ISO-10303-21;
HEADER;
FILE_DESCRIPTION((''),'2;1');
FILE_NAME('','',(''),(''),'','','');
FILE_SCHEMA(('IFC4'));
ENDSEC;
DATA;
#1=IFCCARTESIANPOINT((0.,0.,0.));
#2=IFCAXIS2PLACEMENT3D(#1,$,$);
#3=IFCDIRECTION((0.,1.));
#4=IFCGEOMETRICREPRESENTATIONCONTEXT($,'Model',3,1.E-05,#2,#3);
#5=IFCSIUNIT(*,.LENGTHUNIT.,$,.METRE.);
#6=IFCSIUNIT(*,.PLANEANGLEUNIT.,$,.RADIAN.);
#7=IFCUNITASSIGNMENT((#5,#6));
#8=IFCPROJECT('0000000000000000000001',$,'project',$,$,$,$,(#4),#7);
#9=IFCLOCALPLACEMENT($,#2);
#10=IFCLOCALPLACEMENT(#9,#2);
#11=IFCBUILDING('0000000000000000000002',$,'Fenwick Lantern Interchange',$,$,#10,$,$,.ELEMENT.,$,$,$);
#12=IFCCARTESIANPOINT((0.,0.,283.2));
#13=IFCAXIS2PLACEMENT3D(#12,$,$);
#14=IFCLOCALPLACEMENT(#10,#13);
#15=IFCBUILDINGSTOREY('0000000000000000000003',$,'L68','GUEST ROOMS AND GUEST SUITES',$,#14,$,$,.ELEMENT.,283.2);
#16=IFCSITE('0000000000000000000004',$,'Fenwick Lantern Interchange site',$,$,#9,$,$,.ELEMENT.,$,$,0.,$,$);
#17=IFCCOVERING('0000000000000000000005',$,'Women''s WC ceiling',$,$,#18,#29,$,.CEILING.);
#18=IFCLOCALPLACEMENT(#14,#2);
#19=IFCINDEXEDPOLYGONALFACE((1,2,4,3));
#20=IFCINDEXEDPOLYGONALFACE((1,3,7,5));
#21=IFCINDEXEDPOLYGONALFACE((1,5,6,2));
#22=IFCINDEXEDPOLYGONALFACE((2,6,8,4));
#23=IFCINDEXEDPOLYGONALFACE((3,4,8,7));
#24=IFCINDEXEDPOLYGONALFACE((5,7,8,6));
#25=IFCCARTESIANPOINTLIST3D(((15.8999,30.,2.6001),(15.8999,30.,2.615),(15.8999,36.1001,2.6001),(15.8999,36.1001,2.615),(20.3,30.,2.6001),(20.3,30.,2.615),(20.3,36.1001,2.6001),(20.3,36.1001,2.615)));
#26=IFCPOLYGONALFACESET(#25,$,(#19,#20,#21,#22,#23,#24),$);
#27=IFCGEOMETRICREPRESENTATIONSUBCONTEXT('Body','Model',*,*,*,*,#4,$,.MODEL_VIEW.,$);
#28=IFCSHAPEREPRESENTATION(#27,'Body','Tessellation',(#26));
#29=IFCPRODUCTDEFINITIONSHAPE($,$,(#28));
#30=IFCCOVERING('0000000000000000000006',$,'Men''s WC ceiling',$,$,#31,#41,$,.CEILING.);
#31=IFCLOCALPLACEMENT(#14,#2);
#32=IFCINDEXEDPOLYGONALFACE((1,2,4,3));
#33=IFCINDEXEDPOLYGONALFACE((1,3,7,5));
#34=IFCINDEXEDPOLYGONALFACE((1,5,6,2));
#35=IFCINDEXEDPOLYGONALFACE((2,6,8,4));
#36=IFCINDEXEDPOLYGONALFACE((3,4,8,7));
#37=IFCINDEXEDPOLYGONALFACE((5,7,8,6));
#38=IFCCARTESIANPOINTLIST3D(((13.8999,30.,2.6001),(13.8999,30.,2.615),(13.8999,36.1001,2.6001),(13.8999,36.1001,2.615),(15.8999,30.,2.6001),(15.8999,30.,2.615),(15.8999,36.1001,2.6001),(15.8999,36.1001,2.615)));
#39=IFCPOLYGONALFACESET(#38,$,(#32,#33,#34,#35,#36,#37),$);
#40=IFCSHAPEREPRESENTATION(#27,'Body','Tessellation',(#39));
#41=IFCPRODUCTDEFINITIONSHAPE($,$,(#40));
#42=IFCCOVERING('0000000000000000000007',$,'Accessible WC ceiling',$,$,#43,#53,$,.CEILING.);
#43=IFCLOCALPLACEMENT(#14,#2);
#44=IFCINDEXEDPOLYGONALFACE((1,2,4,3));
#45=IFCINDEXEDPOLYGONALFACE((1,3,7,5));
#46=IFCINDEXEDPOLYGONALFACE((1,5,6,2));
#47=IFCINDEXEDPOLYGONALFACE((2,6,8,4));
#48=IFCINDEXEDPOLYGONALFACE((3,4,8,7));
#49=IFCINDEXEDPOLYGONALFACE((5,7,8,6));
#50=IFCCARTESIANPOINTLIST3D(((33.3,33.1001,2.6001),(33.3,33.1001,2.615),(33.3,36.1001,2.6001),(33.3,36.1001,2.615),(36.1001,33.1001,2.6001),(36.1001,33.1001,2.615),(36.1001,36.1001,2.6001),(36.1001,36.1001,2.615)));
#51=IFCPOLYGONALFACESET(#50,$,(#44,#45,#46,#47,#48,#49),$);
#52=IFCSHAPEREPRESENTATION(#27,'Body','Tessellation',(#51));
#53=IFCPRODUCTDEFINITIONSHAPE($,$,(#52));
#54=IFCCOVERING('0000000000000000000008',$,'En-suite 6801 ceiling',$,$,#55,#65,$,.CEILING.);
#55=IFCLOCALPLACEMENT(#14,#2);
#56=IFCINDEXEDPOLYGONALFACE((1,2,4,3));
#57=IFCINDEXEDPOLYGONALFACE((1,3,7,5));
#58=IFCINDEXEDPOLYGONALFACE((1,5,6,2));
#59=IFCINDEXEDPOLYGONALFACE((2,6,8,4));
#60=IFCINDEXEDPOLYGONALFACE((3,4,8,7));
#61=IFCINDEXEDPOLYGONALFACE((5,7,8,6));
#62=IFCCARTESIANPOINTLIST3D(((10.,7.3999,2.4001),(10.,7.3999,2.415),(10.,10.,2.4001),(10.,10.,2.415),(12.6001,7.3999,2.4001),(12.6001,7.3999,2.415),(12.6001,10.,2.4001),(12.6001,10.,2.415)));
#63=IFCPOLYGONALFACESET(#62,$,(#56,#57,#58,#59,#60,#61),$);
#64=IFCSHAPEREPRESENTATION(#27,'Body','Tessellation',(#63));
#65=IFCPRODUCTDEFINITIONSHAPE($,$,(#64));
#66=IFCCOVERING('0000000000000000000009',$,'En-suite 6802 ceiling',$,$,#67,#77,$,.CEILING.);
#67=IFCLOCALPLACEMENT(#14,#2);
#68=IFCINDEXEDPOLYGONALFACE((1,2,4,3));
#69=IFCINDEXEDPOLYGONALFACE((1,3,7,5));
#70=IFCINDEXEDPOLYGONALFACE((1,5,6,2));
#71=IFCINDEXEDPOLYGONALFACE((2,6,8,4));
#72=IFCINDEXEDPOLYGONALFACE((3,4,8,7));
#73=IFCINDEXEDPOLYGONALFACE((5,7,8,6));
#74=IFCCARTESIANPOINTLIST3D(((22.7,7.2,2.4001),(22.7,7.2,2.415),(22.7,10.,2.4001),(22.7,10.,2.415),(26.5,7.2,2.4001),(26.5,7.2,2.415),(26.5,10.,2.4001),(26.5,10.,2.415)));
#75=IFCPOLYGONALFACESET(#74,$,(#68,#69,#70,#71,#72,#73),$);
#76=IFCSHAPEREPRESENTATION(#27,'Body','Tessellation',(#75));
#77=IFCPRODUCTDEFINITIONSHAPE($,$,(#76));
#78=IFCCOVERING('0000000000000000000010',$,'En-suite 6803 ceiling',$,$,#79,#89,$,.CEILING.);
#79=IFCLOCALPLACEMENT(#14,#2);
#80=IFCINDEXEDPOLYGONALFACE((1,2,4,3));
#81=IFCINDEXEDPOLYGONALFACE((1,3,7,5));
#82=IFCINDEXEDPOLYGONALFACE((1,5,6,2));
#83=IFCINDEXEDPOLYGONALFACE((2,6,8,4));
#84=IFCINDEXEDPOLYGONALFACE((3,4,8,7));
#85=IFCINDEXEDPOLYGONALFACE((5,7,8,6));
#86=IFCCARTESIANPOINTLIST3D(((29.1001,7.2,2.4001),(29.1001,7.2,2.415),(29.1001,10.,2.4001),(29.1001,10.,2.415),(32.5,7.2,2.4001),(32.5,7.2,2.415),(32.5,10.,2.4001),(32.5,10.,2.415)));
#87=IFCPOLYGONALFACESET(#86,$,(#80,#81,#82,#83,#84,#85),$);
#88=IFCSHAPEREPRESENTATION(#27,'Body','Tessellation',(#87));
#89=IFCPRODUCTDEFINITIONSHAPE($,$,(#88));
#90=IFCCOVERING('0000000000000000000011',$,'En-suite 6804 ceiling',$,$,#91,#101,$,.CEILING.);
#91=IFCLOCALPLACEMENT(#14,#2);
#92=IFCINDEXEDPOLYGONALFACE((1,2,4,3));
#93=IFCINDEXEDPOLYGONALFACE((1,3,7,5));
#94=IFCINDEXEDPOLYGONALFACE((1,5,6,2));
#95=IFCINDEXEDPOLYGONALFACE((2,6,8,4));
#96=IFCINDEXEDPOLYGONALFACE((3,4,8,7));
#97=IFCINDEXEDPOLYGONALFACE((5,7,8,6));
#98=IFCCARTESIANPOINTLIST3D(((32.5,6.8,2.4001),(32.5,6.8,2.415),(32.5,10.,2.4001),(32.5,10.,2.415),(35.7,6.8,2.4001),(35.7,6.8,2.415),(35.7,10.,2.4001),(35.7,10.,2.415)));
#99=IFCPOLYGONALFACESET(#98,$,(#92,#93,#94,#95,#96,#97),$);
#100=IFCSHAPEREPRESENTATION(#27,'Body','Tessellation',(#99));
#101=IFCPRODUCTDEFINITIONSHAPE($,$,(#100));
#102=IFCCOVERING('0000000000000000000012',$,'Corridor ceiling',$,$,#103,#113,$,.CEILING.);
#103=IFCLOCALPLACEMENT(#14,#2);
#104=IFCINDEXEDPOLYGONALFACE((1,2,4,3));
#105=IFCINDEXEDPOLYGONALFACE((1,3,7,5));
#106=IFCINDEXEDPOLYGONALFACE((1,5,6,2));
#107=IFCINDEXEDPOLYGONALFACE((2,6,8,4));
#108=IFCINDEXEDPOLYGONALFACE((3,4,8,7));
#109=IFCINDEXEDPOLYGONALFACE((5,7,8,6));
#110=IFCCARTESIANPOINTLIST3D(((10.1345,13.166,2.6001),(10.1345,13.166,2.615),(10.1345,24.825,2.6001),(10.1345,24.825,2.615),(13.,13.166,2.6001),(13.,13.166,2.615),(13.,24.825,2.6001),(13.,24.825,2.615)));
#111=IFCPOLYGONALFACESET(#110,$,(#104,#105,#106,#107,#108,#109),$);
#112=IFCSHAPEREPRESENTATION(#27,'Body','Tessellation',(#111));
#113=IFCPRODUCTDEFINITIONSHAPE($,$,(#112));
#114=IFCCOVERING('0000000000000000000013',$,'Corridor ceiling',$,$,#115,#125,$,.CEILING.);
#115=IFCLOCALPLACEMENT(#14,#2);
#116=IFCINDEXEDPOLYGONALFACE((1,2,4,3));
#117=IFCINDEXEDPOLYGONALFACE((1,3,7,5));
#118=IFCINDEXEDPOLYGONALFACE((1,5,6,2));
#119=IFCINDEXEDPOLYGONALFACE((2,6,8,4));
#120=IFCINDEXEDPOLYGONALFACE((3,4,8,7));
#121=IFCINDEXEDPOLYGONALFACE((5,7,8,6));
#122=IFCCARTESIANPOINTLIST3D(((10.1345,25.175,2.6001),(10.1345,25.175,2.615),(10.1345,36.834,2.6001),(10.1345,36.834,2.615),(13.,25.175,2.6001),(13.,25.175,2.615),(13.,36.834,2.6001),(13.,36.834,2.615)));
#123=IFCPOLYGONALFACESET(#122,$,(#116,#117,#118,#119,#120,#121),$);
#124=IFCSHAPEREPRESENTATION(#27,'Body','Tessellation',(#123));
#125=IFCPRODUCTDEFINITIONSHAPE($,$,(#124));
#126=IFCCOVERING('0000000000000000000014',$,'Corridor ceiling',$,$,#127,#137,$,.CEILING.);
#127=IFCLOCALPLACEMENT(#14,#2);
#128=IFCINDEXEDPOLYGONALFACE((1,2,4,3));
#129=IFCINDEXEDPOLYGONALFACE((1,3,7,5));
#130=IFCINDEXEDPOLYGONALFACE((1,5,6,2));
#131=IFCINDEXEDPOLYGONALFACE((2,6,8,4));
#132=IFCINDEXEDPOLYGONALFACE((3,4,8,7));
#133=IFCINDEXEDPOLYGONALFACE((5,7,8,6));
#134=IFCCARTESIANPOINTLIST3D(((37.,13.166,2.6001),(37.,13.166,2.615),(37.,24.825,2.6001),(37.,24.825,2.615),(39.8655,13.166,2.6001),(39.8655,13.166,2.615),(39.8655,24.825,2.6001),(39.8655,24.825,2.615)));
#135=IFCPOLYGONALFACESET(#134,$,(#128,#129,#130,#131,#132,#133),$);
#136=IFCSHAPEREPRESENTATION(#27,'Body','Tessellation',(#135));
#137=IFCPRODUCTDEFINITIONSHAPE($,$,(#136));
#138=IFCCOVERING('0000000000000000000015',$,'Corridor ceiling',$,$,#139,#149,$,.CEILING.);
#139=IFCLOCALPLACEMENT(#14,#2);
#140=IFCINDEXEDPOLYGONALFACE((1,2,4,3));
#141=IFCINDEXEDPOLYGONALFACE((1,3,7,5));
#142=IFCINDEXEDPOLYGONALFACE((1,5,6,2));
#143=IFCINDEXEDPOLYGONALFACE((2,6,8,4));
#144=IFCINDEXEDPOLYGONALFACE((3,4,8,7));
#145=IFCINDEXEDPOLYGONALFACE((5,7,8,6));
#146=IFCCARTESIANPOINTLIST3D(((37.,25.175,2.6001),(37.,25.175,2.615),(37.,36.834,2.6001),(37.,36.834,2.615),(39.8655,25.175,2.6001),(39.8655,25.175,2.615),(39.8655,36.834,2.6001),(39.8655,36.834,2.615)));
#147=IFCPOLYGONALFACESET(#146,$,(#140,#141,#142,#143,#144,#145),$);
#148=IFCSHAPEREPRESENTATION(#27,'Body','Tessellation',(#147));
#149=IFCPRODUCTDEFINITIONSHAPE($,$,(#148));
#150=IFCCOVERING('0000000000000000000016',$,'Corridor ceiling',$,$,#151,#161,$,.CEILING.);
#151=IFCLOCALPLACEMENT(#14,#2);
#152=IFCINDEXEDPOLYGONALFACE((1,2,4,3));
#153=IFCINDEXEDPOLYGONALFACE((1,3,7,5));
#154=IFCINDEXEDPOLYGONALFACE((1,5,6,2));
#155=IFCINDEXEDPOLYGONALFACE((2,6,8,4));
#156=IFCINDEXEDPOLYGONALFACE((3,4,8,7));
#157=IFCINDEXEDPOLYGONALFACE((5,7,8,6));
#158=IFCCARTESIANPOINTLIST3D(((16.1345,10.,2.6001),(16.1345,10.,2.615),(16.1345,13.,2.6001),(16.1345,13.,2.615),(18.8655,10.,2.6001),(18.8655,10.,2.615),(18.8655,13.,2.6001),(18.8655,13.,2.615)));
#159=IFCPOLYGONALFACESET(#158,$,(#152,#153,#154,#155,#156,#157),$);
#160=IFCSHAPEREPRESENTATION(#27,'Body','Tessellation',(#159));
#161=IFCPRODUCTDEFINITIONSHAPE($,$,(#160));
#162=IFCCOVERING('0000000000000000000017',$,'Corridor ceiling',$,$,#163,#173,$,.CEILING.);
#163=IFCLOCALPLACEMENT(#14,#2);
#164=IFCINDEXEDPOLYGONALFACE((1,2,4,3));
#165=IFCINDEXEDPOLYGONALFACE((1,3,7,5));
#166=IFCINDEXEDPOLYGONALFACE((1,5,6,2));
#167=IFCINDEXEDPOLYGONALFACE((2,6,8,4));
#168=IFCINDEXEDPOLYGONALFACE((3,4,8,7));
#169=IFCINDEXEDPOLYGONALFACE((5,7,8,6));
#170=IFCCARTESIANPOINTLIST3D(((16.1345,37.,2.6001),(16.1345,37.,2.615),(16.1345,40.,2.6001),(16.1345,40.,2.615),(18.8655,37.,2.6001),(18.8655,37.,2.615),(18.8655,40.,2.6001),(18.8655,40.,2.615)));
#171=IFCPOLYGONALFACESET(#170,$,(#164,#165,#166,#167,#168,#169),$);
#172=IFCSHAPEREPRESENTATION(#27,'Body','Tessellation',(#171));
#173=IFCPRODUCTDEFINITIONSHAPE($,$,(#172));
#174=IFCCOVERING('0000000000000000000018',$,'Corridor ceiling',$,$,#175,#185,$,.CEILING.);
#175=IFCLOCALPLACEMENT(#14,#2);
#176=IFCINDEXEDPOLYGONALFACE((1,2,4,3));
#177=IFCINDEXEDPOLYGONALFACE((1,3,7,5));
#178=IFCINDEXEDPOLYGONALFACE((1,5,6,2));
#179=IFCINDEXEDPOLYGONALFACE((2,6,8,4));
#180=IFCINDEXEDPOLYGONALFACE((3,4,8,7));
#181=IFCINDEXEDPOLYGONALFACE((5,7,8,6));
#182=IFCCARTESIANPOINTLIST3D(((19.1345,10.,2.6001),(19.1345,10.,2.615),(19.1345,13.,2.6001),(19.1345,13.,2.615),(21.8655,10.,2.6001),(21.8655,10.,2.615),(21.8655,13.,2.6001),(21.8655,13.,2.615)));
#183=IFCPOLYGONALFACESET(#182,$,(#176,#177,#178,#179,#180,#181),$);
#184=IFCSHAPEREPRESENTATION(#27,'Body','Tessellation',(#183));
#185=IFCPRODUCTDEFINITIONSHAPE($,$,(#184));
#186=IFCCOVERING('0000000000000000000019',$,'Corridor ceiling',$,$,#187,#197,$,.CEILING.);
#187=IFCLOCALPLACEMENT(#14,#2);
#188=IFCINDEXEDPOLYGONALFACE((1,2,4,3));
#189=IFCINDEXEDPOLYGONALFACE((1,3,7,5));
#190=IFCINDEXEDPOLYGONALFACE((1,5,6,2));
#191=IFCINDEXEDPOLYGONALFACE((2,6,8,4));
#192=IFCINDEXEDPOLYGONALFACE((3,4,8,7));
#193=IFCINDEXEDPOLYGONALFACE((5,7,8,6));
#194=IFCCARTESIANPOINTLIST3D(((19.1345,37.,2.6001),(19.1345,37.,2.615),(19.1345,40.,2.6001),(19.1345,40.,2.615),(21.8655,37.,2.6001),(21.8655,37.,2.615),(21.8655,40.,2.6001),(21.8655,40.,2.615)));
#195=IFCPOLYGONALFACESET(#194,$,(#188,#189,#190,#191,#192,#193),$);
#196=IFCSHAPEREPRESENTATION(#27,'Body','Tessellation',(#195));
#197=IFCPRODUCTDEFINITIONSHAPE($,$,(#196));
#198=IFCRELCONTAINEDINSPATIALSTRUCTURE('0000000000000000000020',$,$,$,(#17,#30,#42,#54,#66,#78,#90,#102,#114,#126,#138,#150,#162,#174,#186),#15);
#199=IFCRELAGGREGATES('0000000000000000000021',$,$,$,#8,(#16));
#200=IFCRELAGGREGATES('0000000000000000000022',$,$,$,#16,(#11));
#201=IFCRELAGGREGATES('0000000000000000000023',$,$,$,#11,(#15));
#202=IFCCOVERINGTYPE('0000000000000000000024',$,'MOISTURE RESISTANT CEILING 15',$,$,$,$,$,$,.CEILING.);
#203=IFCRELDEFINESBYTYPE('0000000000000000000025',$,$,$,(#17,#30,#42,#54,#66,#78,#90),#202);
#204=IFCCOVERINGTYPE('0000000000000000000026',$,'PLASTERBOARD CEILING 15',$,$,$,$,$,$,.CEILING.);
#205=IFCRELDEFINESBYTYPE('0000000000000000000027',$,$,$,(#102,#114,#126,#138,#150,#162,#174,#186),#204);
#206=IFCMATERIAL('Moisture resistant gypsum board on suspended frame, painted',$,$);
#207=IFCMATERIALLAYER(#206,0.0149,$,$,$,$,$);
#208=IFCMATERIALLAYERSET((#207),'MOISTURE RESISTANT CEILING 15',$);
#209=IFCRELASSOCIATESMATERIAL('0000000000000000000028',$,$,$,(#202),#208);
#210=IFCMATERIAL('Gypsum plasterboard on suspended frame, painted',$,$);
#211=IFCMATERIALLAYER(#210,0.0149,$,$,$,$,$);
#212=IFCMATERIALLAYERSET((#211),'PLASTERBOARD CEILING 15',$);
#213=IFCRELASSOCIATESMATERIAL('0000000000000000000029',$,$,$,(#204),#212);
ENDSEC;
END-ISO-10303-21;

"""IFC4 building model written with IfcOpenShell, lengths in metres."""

from ifc_helpers import new_model, si_unit, direction, frame, origin, place, context, subcontext, project, spatial, polyline, outline, extrude, material, layer, layer_set, type_object, element, save


model = new_model("IFC4")

# Units and contexts
model_context = context("Model", 3, precision=1e-05, world=origin(), true_north=direction((0.0, 1.0)))
body_context = subcontext(model_context, "Body", "Model", "MODEL_VIEW")
ifc_project = project(units=[si_unit("LENGTHUNIT", "METRE"), si_unit("PLANEANGLEUNIT", "RADIAN")], contexts=[model_context])

# Site, building, storey
site_placement = place(None, origin())
site = spatial("IfcSite", under=ifc_project, at=site_placement, Name="Fenwick Lantern Interchange site", CompositionType="ELEMENT", RefElevation=0.0)
building_placement = place(site_placement, origin())
building = spatial("IfcBuilding", under=site, at=building_placement, Name="Fenwick Lantern Interchange", CompositionType="ELEMENT")
storey_placement = place(building_placement, frame((0.0, 0.0, 283.2)))
storey = spatial("IfcBuildingStorey", under=building, at=storey_placement, Name="L68", Description="GUEST ROOMS AND GUEST SUITES", CompositionType="ELEMENT", Elevation=283.2)

# Coverings
ifc_material_1 = material(Name="Moisture resistant gypsum board on suspended frame, painted")
ifc_layer_1 = layer(ifc_material_1, 0.0149)
ifc_layer_set_1 = layer_set([ifc_layer_1], Name="MOISTURE RESISTANT CEILING 15")
covering_type_1 = type_object("IfcCoveringType", Name="MOISTURE RESISTANT CEILING 15", PredefinedType="CEILING", material=ifc_layer_set_1)
covering_1_placement = place(storey_placement, frame((0.0, 0.0, 2.6001)))
element("IfcCovering", 1, at=covering_1_placement, inside=storey, type_object=covering_type_1, Name="Women's WC ceiling", PredefinedType="CEILING", context=body_context, shape_type="SweptSolid", body=[
    extrude(outline(polyline([(20.3, 36.1001), (15.8999, 36.1001), (15.8999, 30.0), (20.3, 30.0), (20.3, 36.1001)])), origin(), (0.0, 0.0, 1.0), 0.0149),
])
covering_2_placement = place(storey_placement, frame((0.0, 0.0, 2.6001)))
element("IfcCovering", 2, at=covering_2_placement, inside=storey, type_object=covering_type_1, Name="Men's WC ceiling", PredefinedType="CEILING", context=body_context, shape_type="SweptSolid", body=[
    extrude(outline(polyline([(15.8999, 36.1001), (13.8999, 36.1001), (13.8999, 30.0), (15.8999, 30.0), (15.8999, 36.1001)])), origin(), (0.0, 0.0, 1.0), 0.0149),
])
covering_3_placement = place(storey_placement, frame((0.0, 0.0, 2.6001)))
element("IfcCovering", 3, at=covering_3_placement, inside=storey, type_object=covering_type_1, Name="Accessible WC ceiling", PredefinedType="CEILING", context=body_context, shape_type="SweptSolid", body=[
    extrude(outline(polyline([(36.1001, 36.1001), (33.3, 36.1001), (33.3, 33.1001), (36.1001, 33.1001), (36.1001, 36.1001)])), origin(), (0.0, 0.0, 1.0), 0.0149),
])
covering_4_placement = place(storey_placement, frame((0.0, 0.0, 2.4001)))
element("IfcCovering", 4, at=covering_4_placement, inside=storey, type_object=covering_type_1, Name="En-suite 6801 ceiling", PredefinedType="CEILING", context=body_context, shape_type="SweptSolid", body=[
    extrude(outline(polyline([(10.0, 7.3999), (12.6001, 7.3999), (12.6001, 10.0), (10.0, 10.0), (10.0, 7.3999)])), origin(), (0.0, 0.0, 1.0), 0.0149),
])
covering_5_placement = place(storey_placement, frame((0.0, 0.0, 2.4001)))
element("IfcCovering", 5, at=covering_5_placement, inside=storey, type_object=covering_type_1, Name="En-suite 6802 ceiling", PredefinedType="CEILING", context=body_context, shape_type="SweptSolid", body=[
    extrude(outline(polyline([(22.7, 7.2), (26.5, 7.2), (26.5, 10.0), (22.7, 10.0), (22.7, 7.2)])), origin(), (0.0, 0.0, 1.0), 0.0149),
])
covering_6_placement = place(storey_placement, frame((0.0, 0.0, 2.4001)))
element("IfcCovering", 6, at=covering_6_placement, inside=storey, type_object=covering_type_1, Name="En-suite 6803 ceiling", PredefinedType="CEILING", context=body_context, shape_type="SweptSolid", body=[
    extrude(outline(polyline([(29.1001, 7.2), (32.5, 7.2), (32.5, 10.0), (29.1001, 10.0), (29.1001, 7.2)])), origin(), (0.0, 0.0, 1.0), 0.0149),
])
covering_7_placement = place(storey_placement, frame((0.0, 0.0, 2.4001)))
element("IfcCovering", 7, at=covering_7_placement, inside=storey, type_object=covering_type_1, Name="En-suite 6804 ceiling", PredefinedType="CEILING", context=body_context, shape_type="SweptSolid", body=[
    extrude(outline(polyline([(32.5, 6.8), (35.7, 6.8), (35.7, 10.0), (32.5, 10.0), (32.5, 6.8)])), origin(), (0.0, 0.0, 1.0), 0.0149),
])
ifc_material_2 = material(Name="Gypsum plasterboard on suspended frame, painted")
ifc_layer_2 = layer(ifc_material_2, 0.0149)
ifc_layer_set_2 = layer_set([ifc_layer_2], Name="PLASTERBOARD CEILING 15")
covering_type_2 = type_object("IfcCoveringType", Name="PLASTERBOARD CEILING 15", PredefinedType="CEILING", material=ifc_layer_set_2)
covering_8_placement = place(storey_placement, frame((0.0, 0.0, 2.6001)))
element("IfcCovering", 8, at=covering_8_placement, inside=storey, type_object=covering_type_2, Name="Corridor ceiling", PredefinedType="CEILING", context=body_context, shape_type="SweptSolid", body=[
    extrude(outline(polyline([(13.0, 13.166), (13.0, 24.825), (10.1345, 24.825), (10.1345, 13.166), (13.0, 13.166)])), origin(), (0.0, 0.0, 1.0), 0.0149),
])
covering_9_placement = place(storey_placement, frame((0.0, 0.0, 2.6001)))
element("IfcCovering", 9, at=covering_9_placement, inside=storey, type_object=covering_type_2, Name="Corridor ceiling", PredefinedType="CEILING", context=body_context, shape_type="SweptSolid", body=[
    extrude(outline(polyline([(13.0, 25.175), (13.0, 36.834), (10.1345, 36.834), (10.1345, 25.175), (13.0, 25.175)])), origin(), (0.0, 0.0, 1.0), 0.0149),
])
covering_10_placement = place(storey_placement, frame((0.0, 0.0, 2.6001)))
element("IfcCovering", 10, at=covering_10_placement, inside=storey, type_object=covering_type_2, Name="Corridor ceiling", PredefinedType="CEILING", context=body_context, shape_type="SweptSolid", body=[
    extrude(outline(polyline([(37.0, 24.825), (37.0, 13.166), (39.8655, 13.166), (39.8655, 24.825), (37.0, 24.825)])), origin(), (0.0, 0.0, 1.0), 0.0149),
])
covering_11_placement = place(storey_placement, frame((0.0, 0.0, 2.6001)))
element("IfcCovering", 11, at=covering_11_placement, inside=storey, type_object=covering_type_2, Name="Corridor ceiling", PredefinedType="CEILING", context=body_context, shape_type="SweptSolid", body=[
    extrude(outline(polyline([(37.0, 36.834), (37.0, 25.175), (39.8655, 25.175), (39.8655, 36.834), (37.0, 36.834)])), origin(), (0.0, 0.0, 1.0), 0.0149),
])
covering_12_placement = place(storey_placement, frame((0.0, 0.0, 2.6001)))
element("IfcCovering", 12, at=covering_12_placement, inside=storey, type_object=covering_type_2, Name="Corridor ceiling", PredefinedType="CEILING", context=body_context, shape_type="SweptSolid", body=[
    extrude(outline(polyline([(16.1345, 10.0), (18.8655, 10.0), (18.8655, 13.0), (16.1345, 13.0), (16.1345, 10.0)])), origin(), (0.0, 0.0, 1.0), 0.0149),
])
covering_13_placement = place(storey_placement, frame((0.0, 0.0, 2.6001)))
element("IfcCovering", 13, at=covering_13_placement, inside=storey, type_object=covering_type_2, Name="Corridor ceiling", PredefinedType="CEILING", context=body_context, shape_type="SweptSolid", body=[
    extrude(outline(polyline([(18.8655, 40.0), (16.1345, 40.0), (16.1345, 37.0), (18.8655, 37.0), (18.8655, 40.0)])), origin(), (0.0, 0.0, 1.0), 0.0149),
])
covering_14_placement = place(storey_placement, frame((0.0, 0.0, 2.6001)))
element("IfcCovering", 14, at=covering_14_placement, inside=storey, type_object=covering_type_2, Name="Corridor ceiling", PredefinedType="CEILING", context=body_context, shape_type="SweptSolid", body=[
    extrude(outline(polyline([(19.1345, 10.0), (21.8655, 10.0), (21.8655, 13.0), (19.1345, 13.0), (19.1345, 10.0)])), origin(), (0.0, 0.0, 1.0), 0.0149),
])
covering_15_placement = place(storey_placement, frame((0.0, 0.0, 2.6001)))
element("IfcCovering", 15, at=covering_15_placement, inside=storey, type_object=covering_type_2, Name="Corridor ceiling", PredefinedType="CEILING", context=body_context, shape_type="SweptSolid", body=[
    extrude(outline(polyline([(21.8655, 40.0), (19.1345, 40.0), (19.1345, 37.0), (21.8655, 37.0), (21.8655, 40.0)])), origin(), (0.0, 0.0, 1.0), 0.0149),
])

save(model, "model.ifc")
